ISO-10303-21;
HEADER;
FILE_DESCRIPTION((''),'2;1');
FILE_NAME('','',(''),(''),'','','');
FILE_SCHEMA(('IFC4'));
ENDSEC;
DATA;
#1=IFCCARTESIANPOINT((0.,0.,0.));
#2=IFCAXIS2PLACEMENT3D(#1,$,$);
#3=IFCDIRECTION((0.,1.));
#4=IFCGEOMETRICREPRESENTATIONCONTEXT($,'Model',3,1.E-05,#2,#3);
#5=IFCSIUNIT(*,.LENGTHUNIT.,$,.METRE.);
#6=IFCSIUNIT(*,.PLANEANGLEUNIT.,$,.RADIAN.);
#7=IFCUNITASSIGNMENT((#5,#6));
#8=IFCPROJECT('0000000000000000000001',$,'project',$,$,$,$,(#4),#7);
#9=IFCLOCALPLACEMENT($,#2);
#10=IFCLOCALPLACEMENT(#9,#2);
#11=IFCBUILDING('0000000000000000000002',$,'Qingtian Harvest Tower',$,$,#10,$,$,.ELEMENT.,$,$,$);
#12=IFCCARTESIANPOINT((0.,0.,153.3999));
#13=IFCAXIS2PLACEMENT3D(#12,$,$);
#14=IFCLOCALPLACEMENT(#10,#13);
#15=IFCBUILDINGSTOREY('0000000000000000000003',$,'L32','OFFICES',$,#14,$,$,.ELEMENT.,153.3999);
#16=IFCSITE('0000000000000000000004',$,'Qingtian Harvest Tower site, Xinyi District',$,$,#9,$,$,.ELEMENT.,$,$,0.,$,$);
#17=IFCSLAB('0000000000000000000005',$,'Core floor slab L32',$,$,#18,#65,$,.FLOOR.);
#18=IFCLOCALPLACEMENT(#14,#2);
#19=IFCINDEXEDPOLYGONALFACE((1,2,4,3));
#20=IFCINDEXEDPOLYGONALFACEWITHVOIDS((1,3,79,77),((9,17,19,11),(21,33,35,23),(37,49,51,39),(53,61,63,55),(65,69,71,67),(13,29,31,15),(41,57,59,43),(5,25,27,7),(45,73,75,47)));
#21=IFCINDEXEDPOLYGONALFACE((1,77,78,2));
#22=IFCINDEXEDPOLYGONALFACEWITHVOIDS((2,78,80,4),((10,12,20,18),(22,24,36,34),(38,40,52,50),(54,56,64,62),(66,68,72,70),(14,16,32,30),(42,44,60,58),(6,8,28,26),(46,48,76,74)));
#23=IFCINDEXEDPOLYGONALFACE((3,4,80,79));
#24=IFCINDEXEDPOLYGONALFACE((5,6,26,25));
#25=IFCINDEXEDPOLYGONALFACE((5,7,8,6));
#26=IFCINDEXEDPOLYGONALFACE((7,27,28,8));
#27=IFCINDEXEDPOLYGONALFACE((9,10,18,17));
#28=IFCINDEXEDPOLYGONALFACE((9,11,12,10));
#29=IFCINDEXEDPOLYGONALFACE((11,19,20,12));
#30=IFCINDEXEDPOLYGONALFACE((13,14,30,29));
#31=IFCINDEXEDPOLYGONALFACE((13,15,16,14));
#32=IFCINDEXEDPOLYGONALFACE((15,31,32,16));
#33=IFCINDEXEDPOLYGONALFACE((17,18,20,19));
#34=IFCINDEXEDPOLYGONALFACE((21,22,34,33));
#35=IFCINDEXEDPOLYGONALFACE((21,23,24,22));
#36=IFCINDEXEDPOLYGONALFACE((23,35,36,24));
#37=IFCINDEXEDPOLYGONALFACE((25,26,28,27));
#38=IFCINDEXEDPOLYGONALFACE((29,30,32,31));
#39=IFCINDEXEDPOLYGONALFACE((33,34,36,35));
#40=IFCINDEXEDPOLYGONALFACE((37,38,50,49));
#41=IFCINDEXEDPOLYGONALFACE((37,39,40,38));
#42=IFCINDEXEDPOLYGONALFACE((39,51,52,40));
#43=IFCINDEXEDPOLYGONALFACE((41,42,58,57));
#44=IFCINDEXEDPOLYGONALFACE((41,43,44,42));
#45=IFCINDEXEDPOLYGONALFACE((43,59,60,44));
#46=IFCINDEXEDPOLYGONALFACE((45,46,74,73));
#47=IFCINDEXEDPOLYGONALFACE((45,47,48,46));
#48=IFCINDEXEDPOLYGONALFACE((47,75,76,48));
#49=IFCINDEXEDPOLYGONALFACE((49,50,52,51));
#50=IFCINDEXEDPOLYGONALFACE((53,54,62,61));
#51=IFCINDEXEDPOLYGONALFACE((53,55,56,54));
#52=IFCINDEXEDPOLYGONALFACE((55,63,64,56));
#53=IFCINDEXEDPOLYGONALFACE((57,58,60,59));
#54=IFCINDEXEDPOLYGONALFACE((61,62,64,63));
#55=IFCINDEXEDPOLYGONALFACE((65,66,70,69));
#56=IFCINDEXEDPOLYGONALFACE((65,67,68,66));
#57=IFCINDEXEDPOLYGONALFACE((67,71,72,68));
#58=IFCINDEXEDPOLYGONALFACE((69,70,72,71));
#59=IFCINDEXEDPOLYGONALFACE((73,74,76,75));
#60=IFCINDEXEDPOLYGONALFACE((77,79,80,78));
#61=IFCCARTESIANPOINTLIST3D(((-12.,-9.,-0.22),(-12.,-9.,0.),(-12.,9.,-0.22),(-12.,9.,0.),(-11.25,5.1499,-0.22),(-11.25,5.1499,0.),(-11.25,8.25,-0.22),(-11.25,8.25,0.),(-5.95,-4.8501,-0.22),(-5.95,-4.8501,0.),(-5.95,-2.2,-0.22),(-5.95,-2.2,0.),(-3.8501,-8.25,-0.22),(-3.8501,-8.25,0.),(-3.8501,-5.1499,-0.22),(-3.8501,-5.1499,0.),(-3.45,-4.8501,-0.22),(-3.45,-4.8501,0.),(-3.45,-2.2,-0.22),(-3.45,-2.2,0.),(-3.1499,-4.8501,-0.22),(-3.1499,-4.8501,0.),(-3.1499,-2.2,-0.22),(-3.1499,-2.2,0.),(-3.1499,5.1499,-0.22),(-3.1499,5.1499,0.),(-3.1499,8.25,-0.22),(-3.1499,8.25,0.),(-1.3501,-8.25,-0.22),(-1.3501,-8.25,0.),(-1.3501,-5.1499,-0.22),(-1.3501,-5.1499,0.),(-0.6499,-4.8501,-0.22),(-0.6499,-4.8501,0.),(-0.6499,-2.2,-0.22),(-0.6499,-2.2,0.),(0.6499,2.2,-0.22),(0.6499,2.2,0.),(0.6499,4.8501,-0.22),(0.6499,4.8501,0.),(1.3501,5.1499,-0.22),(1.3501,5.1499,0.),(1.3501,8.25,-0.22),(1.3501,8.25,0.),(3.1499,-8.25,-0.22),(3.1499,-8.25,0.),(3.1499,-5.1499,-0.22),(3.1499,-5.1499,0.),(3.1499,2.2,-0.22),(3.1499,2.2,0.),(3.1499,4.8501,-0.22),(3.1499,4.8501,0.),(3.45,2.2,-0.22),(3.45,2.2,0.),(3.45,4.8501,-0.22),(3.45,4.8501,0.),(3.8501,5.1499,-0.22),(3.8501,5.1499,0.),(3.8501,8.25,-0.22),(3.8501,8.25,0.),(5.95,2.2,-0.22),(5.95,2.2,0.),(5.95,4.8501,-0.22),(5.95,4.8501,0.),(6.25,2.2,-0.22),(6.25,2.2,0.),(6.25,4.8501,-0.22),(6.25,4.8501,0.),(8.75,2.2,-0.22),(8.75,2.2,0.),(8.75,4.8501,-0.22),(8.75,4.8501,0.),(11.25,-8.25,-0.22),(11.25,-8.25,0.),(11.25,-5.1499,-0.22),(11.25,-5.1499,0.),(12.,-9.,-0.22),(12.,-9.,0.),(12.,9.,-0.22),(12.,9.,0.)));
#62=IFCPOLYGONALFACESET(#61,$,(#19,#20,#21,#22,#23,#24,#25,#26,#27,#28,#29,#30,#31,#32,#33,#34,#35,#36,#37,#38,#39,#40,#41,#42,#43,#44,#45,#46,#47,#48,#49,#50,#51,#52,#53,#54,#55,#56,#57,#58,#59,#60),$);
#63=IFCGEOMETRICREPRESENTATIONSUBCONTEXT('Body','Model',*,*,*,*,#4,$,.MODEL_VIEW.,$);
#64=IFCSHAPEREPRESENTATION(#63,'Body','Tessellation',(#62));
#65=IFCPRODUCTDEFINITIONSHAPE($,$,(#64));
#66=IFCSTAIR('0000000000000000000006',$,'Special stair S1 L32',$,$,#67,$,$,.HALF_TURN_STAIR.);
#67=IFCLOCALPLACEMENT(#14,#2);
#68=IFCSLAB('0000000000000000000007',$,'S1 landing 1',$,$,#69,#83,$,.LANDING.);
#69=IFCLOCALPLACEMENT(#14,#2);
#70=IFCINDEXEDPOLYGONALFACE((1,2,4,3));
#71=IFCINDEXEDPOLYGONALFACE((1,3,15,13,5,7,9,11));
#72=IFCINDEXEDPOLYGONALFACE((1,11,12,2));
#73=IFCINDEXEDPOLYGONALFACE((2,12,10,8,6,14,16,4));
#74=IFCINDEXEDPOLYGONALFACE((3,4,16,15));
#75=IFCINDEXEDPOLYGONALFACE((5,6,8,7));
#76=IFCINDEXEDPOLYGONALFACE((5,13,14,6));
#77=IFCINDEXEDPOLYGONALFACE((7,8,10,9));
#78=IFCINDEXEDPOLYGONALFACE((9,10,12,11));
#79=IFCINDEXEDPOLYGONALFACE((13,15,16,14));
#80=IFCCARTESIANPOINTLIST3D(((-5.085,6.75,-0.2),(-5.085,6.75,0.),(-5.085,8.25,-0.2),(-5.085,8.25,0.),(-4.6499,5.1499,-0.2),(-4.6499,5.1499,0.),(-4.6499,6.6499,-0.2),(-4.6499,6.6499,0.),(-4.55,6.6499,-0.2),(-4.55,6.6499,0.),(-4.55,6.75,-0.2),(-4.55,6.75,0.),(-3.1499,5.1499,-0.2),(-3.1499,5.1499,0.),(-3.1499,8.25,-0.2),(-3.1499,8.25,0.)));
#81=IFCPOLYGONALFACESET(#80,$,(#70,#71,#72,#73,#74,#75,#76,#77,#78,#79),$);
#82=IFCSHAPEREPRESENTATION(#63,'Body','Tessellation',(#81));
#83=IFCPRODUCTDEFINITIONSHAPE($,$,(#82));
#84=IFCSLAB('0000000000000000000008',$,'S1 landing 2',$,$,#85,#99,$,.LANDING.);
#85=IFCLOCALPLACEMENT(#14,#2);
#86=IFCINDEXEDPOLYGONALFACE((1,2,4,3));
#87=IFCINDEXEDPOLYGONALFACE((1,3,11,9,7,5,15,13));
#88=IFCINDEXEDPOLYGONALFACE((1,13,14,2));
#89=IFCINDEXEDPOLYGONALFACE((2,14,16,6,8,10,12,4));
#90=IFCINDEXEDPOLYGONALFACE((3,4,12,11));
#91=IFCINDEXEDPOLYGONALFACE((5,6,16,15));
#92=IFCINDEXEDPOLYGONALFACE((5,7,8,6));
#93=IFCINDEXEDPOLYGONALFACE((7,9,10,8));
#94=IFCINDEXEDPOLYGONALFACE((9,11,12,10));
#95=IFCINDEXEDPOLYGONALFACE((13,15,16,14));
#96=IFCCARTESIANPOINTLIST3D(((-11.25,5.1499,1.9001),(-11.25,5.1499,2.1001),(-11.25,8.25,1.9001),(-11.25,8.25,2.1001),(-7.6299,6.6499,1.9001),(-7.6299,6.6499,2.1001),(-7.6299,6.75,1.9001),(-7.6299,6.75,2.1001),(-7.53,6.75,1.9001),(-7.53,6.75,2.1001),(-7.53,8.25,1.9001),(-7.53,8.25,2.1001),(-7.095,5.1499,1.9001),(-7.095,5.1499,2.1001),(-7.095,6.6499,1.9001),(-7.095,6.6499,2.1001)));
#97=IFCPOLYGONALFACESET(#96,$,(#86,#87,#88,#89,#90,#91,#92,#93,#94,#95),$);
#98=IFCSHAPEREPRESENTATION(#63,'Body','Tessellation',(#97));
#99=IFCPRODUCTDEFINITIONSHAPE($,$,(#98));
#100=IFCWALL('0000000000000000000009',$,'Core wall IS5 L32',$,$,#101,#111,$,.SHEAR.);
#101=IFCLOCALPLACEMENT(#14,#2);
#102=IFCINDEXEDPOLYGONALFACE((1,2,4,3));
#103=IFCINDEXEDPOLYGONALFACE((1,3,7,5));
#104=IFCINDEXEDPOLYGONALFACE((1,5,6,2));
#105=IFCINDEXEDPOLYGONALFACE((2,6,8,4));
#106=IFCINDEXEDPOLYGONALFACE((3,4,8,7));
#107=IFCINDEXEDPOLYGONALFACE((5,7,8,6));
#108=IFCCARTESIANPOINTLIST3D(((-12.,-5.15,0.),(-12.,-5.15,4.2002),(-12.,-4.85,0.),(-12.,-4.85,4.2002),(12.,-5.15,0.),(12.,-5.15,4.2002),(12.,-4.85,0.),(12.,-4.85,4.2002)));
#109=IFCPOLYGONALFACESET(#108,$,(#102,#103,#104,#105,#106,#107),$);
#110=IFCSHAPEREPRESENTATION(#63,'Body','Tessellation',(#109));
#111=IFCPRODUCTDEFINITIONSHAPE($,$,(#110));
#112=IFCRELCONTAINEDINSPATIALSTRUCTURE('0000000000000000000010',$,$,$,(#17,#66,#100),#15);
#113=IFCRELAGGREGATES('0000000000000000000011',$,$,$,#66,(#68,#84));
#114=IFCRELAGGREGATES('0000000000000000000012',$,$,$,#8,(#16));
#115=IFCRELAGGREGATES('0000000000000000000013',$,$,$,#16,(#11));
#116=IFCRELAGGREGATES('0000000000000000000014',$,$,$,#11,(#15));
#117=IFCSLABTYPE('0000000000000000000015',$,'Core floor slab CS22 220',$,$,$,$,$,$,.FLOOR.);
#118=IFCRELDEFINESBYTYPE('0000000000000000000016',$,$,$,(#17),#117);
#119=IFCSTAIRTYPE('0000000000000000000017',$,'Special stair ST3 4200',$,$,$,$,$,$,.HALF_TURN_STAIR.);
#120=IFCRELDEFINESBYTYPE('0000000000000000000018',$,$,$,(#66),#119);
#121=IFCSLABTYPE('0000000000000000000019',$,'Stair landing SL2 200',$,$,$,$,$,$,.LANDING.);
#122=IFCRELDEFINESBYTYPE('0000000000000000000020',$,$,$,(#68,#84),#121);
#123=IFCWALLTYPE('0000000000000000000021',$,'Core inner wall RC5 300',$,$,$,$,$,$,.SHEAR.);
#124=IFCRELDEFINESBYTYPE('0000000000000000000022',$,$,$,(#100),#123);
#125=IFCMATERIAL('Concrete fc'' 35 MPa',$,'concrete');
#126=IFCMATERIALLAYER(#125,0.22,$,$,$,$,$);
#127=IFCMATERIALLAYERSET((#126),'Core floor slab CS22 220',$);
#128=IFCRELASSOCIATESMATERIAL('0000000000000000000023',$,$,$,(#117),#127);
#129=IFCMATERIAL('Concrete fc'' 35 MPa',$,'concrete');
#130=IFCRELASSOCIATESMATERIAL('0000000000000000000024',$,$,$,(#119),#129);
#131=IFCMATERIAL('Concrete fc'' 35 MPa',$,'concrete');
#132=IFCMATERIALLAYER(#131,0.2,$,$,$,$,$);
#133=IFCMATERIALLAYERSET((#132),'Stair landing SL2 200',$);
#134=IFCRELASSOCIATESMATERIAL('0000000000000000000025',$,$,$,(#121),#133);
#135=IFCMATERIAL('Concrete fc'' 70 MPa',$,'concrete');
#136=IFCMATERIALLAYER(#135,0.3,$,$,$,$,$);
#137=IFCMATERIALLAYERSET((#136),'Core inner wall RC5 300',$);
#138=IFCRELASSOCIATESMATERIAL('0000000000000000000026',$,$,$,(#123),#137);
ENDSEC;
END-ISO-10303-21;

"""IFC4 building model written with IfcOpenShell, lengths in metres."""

from ifc_helpers import new_model, si_unit, direction, frame, frame_2d, origin, place, context, subcontext, project, spatial, polyline, rectangle, outline, extrude, material, layer, layer_set, type_object, element, aggregate, save


model = new_model("IFC4")

# Units and contexts
model_context = context("Model", 3, precision=1e-05, world=origin(), true_north=direction((0.0, 1.0)))
body_context = subcontext(model_context, "Body", "Model", "MODEL_VIEW")
ifc_project = project(units=[si_unit("LENGTHUNIT", "METRE"), si_unit("PLANEANGLEUNIT", "RADIAN")], contexts=[model_context])

# Site, building, storey
site_placement = place(None, origin())
site = spatial("IfcSite", under=ifc_project, at=site_placement, Name="Qingtian Harvest Tower site, Xinyi District", CompositionType="ELEMENT", RefElevation=0.0)
building_placement = place(site_placement, origin())
building = spatial("IfcBuilding", under=site, at=building_placement, Name="Qingtian Harvest Tower", CompositionType="ELEMENT")
storey_placement = place(building_placement, frame((0.0, 0.0, 153.3999)))
storey = spatial("IfcBuildingStorey", under=building, at=storey_placement, Name="L32", Description="OFFICES", CompositionType="ELEMENT", Elevation=153.3999)

# Slab
ifc_material_1 = material(Name="Concrete fc' 35 MPa", Category="concrete")
ifc_layer_1 = layer(ifc_material_1, 0.22)
ifc_layer_set_1 = layer_set([ifc_layer_1], Name="Core floor slab CS22 220")
slab_type_1 = type_object("IfcSlabType", Name="Core floor slab CS22 220", PredefinedType="FLOOR", material=ifc_layer_set_1)
slab_1_placement = place(storey_placement, frame((0.0, 0.0, -0.22)))
element("IfcSlab", 1, at=slab_1_placement, inside=storey, type_object=slab_type_1, Name="Core floor slab L32", PredefinedType="FLOOR", context=body_context, shape_type="SweptSolid", body=[
    extrude(outline(polyline([(-12.0, -9.0), (12.0, -9.0), (12.0, 9.0), (-12.0, 9.0), (-12.0, -9.0)]), holes=[polyline([(-11.25, 5.1499), (-3.1499, 5.1499), (-3.1499, 8.25), (-11.25, 8.25), (-11.25, 5.1499)]), polyline([(3.1499, -8.25), (11.25, -8.25), (11.25, -5.1499), (3.1499, -5.1499), (3.1499, -8.25)]), polyline([(1.3501, 5.1499), (3.8501, 5.1499), (3.8501, 8.25), (1.3501, 8.25), (1.3501, 5.1499)]), polyline([(-3.8501, -8.25), (-1.3501, -8.25), (-1.3501, -5.1499), (-3.8501, -5.1499), (-3.8501, -8.25)]), polyline([(0.6499, 2.2), (3.1499, 2.2), (3.1499, 4.8501), (0.6499, 4.8501), (0.6499, 2.2)]), polyline([(3.45, 2.2), (5.95, 2.2), (5.95, 4.8501), (3.45, 4.8501), (3.45, 2.2)]), polyline([(6.25, 2.2), (8.75, 2.2), (8.75, 4.8501), (6.25, 4.8501), (6.25, 2.2)]), polyline([(-5.95, -4.8501), (-3.45, -4.8501), (-3.45, -2.2), (-5.95, -2.2), (-5.95, -4.8501)]), polyline([(-3.1499, -4.8501), (-0.6499, -4.8501), (-0.6499, -2.2), (-3.1499, -2.2), (-3.1499, -4.8501)])]), origin(), (0.0, 0.0, 1.0), 0.22),
])

# Stair, slabs
ifc_material_2 = material(Name="Concrete fc' 35 MPa", Category="concrete")
stair_type = type_object("IfcStairType", Name="Special stair ST3 4200", PredefinedType="HALF_TURN_STAIR", material=ifc_material_2)
stair_placement = place(storey_placement, origin())
stair = element("IfcStair", 2, at=stair_placement, inside=storey, type_object=stair_type, Name="Special stair S1 L32", PredefinedType="HALF_TURN_STAIR")
ifc_material_3 = material(Name="Concrete fc' 35 MPa", Category="concrete")
ifc_layer_2 = layer(ifc_material_3, 0.2)
ifc_layer_set_2 = layer_set([ifc_layer_2], Name="Stair landing SL2 200")
slab_type_2 = type_object("IfcSlabType", Name="Stair landing SL2 200", PredefinedType="LANDING", material=ifc_layer_set_2)
slab_2_placement = place(storey_placement, frame((0.0, 0.0, -0.2)))
slab_2 = element("IfcSlab", 3, at=slab_2_placement, type_object=slab_type_2, Name="S1 landing 1", PredefinedType="LANDING", context=body_context, shape_type="SweptSolid", body=[
    extrude(outline(polyline([(-4.6499, 5.1499), (-4.6499, 6.6499), (-4.55, 6.6499), (-4.55, 6.75), (-5.085, 6.75), (-5.085, 8.25), (-3.1499, 8.25), (-3.1499, 5.1499), (-4.6499, 5.1499)])), origin(), (0.0, 0.0, 1.0), 0.2),
])
slab_3_placement = place(storey_placement, frame((0.0, 0.0, 1.9001)))
slab_3 = element("IfcSlab", 4, at=slab_3_placement, type_object=slab_type_2, Name="S1 landing 2", PredefinedType="LANDING", context=body_context, shape_type="SweptSolid", body=[
    extrude(outline(polyline([(-7.095, 5.1499), (-11.25, 5.1499), (-11.25, 8.25), (-7.53, 8.25), (-7.53, 6.75), (-7.6299, 6.75), (-7.6299, 6.6499), (-7.095, 6.6499), (-7.095, 5.1499)])), origin(), (0.0, 0.0, 1.0), 0.2),
])
aggregate(stair, [slab_2, slab_3])

# Wall
ifc_material_4 = material(Name="Concrete fc' 70 MPa", Category="concrete")
ifc_layer_3 = layer(ifc_material_4, 0.3)
ifc_layer_set_3 = layer_set([ifc_layer_3], Name="Core inner wall RC5 300")
wall_type_1 = type_object("IfcWallType", Name="Core inner wall RC5 300", PredefinedType="SHEAR", material=ifc_layer_set_3)
wall_1_placement = place(storey_placement, frame((-12.0, -5.0, 0.0), z_axis=(0.0, 0.0, 1.0), x_axis=(1.0, 0.0, 0.0)))
element("IfcWall", 5, at=wall_1_placement, inside=storey, type_object=wall_type_1, Name="Core wall IS5 L32", PredefinedType="SHEAR", context=body_context, shape_type="SweptSolid", body=[
    extrude(rectangle(XDim=24.0, YDim=0.3, at=frame_2d((12.0, 0.0))), origin(), (0.0, 0.0, 1.0), 4.2002),
])

save(model, "model.ifc")
